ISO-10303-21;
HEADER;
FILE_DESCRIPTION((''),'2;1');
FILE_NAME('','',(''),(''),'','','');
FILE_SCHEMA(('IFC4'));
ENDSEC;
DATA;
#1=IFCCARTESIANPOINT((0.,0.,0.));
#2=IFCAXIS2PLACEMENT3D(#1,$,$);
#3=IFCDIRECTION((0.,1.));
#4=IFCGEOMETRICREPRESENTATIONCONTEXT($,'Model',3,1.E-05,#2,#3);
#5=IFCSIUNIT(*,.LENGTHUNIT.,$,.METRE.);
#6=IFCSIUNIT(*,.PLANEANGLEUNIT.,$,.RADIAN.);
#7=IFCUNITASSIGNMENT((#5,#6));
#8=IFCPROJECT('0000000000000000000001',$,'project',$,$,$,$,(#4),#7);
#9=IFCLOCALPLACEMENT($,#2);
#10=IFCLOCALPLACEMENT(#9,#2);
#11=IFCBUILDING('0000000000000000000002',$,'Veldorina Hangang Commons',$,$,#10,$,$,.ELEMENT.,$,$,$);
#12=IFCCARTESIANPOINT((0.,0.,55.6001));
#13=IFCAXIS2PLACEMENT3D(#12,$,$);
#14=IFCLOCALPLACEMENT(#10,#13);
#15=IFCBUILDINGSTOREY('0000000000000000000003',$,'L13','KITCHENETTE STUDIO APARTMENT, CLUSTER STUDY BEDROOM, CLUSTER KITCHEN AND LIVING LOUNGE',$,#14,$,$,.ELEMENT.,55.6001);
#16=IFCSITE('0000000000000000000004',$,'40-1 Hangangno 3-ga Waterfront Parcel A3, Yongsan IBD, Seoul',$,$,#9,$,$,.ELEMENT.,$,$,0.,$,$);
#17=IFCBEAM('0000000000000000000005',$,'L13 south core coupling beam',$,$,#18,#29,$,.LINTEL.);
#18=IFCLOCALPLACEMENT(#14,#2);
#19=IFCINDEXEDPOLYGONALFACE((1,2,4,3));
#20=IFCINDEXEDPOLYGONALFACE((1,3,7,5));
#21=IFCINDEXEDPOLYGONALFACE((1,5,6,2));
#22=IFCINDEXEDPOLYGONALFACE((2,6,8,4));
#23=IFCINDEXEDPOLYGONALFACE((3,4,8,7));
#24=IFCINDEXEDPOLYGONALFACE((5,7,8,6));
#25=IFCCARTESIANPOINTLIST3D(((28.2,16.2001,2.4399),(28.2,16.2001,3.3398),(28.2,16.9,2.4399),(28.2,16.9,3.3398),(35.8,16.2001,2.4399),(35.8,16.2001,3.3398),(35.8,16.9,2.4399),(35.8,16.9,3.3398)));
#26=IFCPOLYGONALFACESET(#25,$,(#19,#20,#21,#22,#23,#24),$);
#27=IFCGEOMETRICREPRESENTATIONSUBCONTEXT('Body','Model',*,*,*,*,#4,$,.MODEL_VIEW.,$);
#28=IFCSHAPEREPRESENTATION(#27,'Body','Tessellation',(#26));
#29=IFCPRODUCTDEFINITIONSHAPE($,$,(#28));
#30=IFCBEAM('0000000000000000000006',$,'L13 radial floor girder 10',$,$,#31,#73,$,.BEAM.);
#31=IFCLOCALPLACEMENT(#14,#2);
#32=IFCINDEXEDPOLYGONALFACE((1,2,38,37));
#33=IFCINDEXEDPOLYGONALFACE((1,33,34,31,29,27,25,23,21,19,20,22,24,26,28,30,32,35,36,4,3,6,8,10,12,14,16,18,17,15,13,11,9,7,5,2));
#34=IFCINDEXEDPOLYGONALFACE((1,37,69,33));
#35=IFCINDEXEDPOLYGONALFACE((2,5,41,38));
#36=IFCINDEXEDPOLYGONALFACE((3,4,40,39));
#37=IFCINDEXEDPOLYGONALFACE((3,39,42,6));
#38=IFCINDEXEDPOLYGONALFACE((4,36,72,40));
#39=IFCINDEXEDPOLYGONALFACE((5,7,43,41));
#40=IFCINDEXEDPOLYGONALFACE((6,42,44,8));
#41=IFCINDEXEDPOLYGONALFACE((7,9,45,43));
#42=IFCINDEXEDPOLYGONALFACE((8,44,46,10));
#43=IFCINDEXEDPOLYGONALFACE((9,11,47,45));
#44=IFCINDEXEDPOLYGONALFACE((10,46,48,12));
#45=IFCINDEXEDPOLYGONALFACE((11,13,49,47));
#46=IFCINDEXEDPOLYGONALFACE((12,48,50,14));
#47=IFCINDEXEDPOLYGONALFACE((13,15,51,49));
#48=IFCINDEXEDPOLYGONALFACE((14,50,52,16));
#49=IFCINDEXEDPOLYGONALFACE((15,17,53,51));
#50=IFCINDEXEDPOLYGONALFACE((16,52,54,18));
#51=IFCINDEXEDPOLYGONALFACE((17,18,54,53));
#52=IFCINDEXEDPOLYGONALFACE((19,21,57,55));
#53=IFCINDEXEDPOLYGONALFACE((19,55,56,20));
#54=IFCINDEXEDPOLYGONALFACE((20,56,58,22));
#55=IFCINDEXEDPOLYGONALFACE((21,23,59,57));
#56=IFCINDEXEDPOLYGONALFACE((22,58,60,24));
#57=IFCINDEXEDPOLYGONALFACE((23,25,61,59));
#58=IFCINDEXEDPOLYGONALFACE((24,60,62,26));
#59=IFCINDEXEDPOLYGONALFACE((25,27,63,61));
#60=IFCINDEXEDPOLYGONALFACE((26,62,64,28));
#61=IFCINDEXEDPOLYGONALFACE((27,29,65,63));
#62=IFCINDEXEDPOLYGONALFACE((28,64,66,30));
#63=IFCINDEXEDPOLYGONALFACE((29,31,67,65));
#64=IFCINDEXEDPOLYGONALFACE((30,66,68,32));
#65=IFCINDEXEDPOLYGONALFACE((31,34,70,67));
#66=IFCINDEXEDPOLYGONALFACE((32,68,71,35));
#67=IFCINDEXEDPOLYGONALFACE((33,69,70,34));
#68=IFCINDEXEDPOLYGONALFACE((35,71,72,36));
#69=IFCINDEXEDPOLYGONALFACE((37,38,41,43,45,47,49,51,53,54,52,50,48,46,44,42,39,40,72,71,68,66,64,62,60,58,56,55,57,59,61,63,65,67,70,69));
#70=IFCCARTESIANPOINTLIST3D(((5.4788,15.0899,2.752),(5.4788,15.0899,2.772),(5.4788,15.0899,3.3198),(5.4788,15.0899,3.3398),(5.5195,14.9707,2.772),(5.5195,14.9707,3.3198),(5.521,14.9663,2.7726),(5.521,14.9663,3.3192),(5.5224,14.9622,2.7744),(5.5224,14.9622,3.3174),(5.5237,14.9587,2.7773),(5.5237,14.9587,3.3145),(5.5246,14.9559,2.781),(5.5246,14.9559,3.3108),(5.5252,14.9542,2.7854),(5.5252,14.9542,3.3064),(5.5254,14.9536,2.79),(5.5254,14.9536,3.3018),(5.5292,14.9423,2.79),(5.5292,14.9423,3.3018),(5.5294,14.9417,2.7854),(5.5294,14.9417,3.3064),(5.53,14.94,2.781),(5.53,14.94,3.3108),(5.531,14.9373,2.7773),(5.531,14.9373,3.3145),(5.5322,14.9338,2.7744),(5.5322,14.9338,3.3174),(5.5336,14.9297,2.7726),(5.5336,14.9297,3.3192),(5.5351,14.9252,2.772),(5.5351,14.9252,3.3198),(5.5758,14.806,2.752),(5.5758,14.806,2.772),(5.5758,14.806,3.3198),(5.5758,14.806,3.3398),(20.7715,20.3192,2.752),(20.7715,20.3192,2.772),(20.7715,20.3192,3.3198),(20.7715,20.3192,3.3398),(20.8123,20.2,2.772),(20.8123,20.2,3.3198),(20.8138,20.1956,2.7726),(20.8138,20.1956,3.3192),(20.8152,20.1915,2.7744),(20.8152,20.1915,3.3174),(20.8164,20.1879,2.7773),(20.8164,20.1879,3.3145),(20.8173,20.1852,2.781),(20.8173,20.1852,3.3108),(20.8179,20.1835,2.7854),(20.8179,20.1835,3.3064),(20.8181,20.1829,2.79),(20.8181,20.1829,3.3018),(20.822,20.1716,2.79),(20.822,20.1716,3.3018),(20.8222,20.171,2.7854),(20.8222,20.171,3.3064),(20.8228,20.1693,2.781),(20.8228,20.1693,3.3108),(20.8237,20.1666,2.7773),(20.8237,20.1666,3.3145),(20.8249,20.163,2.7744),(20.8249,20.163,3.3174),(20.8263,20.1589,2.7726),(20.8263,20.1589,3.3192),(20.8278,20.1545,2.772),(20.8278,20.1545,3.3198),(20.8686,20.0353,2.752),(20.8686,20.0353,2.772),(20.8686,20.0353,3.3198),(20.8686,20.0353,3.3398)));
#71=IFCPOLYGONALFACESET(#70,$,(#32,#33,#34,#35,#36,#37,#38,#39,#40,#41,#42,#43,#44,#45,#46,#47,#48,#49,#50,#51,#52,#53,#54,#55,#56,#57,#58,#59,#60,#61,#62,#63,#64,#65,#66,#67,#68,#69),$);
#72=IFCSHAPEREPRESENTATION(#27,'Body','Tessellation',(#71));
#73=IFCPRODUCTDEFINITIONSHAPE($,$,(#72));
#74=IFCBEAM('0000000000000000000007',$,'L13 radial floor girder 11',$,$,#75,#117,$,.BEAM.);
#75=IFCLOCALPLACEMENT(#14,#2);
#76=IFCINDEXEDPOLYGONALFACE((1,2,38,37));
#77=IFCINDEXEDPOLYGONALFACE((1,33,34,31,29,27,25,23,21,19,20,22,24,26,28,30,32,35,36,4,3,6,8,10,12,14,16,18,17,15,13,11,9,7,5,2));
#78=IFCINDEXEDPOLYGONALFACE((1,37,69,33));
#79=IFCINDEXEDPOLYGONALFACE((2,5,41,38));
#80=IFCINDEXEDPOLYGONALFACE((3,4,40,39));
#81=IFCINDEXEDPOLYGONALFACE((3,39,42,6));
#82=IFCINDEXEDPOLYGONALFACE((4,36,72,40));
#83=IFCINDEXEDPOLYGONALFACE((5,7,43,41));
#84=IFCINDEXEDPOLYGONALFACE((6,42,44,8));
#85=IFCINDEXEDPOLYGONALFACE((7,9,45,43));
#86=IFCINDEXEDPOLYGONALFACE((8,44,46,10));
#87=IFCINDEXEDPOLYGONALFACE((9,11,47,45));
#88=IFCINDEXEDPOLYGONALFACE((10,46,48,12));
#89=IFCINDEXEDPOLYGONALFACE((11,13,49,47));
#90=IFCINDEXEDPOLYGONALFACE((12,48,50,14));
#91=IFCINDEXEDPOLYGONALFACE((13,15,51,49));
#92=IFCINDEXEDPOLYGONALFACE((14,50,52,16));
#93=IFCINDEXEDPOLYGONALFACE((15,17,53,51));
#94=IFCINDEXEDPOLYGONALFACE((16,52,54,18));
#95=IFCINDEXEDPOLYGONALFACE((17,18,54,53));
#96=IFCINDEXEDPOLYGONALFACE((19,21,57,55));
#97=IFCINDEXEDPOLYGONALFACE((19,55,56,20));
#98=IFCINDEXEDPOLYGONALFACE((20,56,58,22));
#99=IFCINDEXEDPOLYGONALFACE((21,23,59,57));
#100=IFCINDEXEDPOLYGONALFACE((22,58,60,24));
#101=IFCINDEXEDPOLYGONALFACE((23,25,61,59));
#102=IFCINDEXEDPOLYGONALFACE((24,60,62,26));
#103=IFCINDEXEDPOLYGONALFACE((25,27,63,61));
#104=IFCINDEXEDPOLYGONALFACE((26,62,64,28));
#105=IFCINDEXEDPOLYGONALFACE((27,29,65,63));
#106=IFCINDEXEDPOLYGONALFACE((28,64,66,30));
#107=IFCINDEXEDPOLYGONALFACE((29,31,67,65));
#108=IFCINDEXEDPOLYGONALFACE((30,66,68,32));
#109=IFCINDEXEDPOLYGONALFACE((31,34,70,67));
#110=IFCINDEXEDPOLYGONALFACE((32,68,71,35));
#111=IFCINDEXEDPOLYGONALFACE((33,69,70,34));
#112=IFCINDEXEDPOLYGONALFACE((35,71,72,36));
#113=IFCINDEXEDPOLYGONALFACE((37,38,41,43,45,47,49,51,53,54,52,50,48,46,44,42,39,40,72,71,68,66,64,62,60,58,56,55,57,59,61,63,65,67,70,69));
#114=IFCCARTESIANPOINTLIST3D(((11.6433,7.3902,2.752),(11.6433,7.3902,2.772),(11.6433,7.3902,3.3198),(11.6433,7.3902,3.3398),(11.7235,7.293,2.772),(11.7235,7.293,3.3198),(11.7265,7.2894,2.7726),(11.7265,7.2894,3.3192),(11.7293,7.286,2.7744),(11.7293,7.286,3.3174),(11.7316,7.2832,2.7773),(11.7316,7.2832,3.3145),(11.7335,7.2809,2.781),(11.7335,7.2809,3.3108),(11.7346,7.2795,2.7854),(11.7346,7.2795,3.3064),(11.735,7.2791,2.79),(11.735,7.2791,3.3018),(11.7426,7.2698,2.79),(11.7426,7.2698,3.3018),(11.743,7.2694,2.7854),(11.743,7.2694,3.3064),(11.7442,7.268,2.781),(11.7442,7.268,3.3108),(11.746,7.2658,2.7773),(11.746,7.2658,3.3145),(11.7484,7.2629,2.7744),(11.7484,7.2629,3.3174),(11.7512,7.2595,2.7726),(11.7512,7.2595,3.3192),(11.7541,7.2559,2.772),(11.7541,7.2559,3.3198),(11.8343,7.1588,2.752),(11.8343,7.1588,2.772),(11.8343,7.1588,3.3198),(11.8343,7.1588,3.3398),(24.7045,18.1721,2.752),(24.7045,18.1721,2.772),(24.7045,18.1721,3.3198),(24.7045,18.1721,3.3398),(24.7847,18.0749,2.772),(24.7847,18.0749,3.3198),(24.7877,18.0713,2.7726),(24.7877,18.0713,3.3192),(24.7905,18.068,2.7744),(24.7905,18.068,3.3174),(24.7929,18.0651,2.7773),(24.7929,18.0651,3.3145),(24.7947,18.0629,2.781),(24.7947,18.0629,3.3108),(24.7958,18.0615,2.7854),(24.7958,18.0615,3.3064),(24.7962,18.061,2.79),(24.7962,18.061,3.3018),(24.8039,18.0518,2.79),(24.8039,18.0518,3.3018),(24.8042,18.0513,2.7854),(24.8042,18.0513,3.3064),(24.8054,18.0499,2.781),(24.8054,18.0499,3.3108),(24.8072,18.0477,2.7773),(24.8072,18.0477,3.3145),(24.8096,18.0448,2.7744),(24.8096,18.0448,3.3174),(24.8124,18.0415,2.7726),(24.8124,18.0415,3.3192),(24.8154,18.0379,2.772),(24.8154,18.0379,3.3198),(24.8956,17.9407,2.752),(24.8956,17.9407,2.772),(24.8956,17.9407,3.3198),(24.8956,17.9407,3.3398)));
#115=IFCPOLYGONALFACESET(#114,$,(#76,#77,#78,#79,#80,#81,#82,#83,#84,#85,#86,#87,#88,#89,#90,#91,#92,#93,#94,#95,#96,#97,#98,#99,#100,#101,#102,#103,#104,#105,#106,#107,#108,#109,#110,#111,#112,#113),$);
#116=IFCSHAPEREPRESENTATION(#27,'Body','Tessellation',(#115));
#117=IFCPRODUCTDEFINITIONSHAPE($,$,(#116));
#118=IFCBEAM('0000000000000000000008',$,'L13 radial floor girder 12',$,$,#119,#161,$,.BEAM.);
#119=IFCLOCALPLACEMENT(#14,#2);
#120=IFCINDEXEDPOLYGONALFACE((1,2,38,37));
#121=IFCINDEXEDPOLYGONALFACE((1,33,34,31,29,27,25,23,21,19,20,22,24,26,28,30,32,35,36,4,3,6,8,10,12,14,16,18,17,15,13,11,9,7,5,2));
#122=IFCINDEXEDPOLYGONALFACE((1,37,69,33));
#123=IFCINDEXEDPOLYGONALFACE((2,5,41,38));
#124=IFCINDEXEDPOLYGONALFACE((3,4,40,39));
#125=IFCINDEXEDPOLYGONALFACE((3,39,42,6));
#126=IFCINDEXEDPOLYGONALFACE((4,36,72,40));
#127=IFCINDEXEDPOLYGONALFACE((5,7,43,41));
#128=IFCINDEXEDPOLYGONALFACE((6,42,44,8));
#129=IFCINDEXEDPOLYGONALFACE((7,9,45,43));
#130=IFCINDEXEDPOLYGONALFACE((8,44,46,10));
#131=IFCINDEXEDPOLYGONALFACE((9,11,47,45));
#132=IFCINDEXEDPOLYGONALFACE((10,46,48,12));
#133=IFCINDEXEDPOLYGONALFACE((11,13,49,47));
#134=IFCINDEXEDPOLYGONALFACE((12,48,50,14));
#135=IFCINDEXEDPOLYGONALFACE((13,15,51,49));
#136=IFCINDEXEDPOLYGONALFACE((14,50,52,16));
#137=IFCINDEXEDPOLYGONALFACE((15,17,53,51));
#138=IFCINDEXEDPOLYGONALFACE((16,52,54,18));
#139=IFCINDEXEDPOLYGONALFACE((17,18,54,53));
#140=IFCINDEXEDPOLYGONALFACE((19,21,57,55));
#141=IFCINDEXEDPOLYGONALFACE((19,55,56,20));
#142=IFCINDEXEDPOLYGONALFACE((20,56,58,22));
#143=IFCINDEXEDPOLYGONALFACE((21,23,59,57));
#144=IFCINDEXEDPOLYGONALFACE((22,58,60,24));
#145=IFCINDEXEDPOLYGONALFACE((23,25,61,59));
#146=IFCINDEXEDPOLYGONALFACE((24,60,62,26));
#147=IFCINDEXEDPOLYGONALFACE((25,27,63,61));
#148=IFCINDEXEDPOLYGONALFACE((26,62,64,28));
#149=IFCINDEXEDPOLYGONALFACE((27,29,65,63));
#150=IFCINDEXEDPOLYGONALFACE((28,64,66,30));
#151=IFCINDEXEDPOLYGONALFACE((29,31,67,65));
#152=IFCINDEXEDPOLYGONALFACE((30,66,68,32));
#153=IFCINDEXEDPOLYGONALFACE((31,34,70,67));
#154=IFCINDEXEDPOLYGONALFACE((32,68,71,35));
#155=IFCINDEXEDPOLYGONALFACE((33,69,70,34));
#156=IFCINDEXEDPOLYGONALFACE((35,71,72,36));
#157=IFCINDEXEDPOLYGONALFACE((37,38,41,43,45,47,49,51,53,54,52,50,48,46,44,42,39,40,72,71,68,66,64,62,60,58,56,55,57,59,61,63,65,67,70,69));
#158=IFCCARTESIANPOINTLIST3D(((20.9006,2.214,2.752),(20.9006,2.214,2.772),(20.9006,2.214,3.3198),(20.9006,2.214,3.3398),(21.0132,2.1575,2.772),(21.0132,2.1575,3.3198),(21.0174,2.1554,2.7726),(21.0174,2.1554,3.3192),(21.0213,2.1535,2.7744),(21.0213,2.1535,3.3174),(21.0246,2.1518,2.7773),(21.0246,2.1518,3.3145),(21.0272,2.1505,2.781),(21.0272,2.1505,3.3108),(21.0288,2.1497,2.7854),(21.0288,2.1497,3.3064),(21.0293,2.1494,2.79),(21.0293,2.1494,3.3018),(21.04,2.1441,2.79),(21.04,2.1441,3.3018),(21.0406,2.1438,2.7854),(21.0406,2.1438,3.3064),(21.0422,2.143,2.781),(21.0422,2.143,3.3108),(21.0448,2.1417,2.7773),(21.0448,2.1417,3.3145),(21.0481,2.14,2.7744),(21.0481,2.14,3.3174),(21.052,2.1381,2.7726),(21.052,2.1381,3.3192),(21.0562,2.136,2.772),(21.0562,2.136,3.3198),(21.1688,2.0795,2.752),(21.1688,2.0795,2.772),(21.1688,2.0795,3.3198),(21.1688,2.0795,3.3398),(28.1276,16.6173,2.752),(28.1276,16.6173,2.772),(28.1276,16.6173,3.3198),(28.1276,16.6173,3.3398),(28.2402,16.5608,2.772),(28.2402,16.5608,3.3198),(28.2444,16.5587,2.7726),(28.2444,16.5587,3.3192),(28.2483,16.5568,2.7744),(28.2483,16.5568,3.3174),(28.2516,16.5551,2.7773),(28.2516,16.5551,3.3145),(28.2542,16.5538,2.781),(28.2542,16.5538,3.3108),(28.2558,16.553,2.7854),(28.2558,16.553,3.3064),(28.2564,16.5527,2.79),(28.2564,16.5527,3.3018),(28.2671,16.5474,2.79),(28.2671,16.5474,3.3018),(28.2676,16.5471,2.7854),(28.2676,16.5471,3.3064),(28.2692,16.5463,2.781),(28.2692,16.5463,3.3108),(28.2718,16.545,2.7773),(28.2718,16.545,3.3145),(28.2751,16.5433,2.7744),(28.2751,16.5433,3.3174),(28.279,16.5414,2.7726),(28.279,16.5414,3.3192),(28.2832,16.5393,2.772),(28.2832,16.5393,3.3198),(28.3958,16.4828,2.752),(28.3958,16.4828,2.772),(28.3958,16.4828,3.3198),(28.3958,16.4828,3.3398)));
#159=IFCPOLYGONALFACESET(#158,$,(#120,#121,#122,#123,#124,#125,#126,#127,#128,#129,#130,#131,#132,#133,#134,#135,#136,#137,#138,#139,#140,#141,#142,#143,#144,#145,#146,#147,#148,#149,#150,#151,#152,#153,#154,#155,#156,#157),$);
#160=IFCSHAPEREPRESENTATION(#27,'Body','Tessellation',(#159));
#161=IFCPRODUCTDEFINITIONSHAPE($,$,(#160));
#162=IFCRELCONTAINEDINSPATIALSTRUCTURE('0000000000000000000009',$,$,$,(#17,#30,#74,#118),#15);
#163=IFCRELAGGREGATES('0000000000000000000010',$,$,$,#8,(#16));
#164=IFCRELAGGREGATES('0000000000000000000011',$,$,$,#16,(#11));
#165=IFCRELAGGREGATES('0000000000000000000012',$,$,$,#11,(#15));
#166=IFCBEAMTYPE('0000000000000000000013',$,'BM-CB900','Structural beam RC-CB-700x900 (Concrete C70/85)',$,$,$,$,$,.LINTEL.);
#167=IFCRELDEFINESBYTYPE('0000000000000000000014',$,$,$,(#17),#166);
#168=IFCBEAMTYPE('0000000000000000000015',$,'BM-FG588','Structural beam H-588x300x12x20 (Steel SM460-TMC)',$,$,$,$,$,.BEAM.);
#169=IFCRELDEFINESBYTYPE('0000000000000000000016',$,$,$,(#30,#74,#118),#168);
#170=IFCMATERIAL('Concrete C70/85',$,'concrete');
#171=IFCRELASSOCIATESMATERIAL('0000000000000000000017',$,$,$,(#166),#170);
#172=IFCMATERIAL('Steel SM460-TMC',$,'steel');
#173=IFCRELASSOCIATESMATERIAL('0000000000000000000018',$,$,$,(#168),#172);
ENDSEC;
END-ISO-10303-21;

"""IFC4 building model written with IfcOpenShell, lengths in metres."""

from ifc_helpers import new_model, si_unit, direction, frame, origin, origin_2d, place, context, subcontext, project, spatial, rectangle, i_section, extrude, material, material_profile, profile_set, type_object, element, save


model = new_model("IFC4")

# Units and contexts
model_context = context("Model", 3, precision=1e-05, world=origin(), true_north=direction((0.0, 1.0)))
body_context = subcontext(model_context, "Body", "Model", "MODEL_VIEW")
ifc_project = project(units=[si_unit("LENGTHUNIT", "METRE"), si_unit("PLANEANGLEUNIT", "RADIAN")], contexts=[model_context])

# Site, building, storey
site_placement = place(None, origin())
site = spatial("IfcSite", under=ifc_project, at=site_placement, Name="40-1 Hangangno 3-ga Waterfront Parcel A3, Yongsan IBD, Seoul", CompositionType="ELEMENT", RefElevation=0.0)
building_placement = place(site_placement, origin())
building = spatial("IfcBuilding", under=site, at=building_placement, Name="Veldorina Hangang Commons", CompositionType="ELEMENT")
storey_placement = place(building_placement, frame((0.0, 0.0, 55.6001)))
storey = spatial("IfcBuildingStorey", under=building, at=storey_placement, Name="L13", Description="KITCHENETTE STUDIO APARTMENT, CLUSTER STUDY BEDROOM, CLUSTER KITCHEN AND LIVING LOUNGE", CompositionType="ELEMENT", Elevation=55.6001)

# Beams
ifc_material_1 = material(Name="Concrete C70/85", Category="concrete")
ifc_material_profile_1 = material_profile(ifc_material_1, rectangle(XDim=0.7, YDim=0.8999, at=origin_2d()), Name="RC-CB-700x900")
ifc_profile_set_1 = profile_set([ifc_material_profile_1], Name="Concrete C70/85")
beam_type_1 = type_object("IfcBeamType", Name="BM-CB900", Description="Structural beam RC-CB-700x900 (Concrete C70/85)", PredefinedType="LINTEL", material=ifc_profile_set_1)
beam_1_placement = place(storey_placement, frame((28.2, 16.55, 2.8899), z_axis=(1.0, 0.0, 0.0), x_axis=(0.0, 1.0, 0.0)))
element("IfcBeam", 1, at=beam_1_placement, inside=storey, type_object=beam_type_1, Name="L13 south core coupling beam", PredefinedType="LINTEL", context=body_context, shape_type="SweptSolid", body=[
    extrude(rectangle(XDim=0.7, YDim=0.8999, at=origin_2d()), origin(), (0.0, 0.0, 1.0), 7.6001),
])
ifc_material_2 = material(Name="Steel SM460-TMC", Category="steel")
ifc_material_profile_2 = material_profile(ifc_material_2, i_section(OverallWidth=0.3, OverallDepth=0.5879, WebThickness=0.012, FlangeThickness=0.02, FilletRadius=0.0181, at=origin_2d()), Name="H-588x300x12x20")
ifc_profile_set_2 = profile_set([ifc_material_profile_2], Name="Steel SM460-TMC")
beam_type_2 = type_object("IfcBeamType", Name="BM-FG588", Description="Structural beam H-588x300x12x20 (Steel SM460-TMC)", PredefinedType="BEAM", material=ifc_profile_set_2)
beam_2_placement = place(storey_placement, frame((20.8201, 20.1772, 3.0459), z_axis=(-0.946211, -0.323551, 0.0), x_axis=(0.323551, -0.946211, 0.0)))
element("IfcBeam", 2, at=beam_2_placement, inside=storey, type_object=beam_type_2, Name="L13 radial floor girder 10", PredefinedType="BEAM", context=body_context, shape_type="SweptSolid", body=[
    extrude(i_section(OverallWidth=0.3, OverallDepth=0.5879, WebThickness=0.012, FlangeThickness=0.02, FilletRadius=0.0181, at=origin_2d()), origin(), (0.0, 0.0, 1.0), 16.1621),
])
beam_3_placement = place(storey_placement, frame((24.8, 18.0564, 3.0459), z_axis=(-0.771187, -0.636609, 0.0), x_axis=(0.636609, -0.771187, 0.0)))
element("IfcBeam", 3, at=beam_3_placement, inside=storey, type_object=beam_type_2, Name="L13 radial floor girder 11", PredefinedType="BEAM", context=body_context, shape_type="SweptSolid", body=[
    extrude(i_section(OverallWidth=0.3, OverallDepth=0.5879, WebThickness=0.012, FlangeThickness=0.02, FilletRadius=0.0181, at=origin_2d()), origin(), (0.0, 0.0, 1.0), 16.9365),
])
beam_4_placement = place(storey_placement, frame((28.2617, 16.55, 3.0459), z_axis=(-0.448474, -0.893796, 0.0), x_axis=(0.893796, -0.448474, 0.0)))
element("IfcBeam", 4, at=beam_4_placement, inside=storey, type_object=beam_type_2, Name="L13 radial floor girder 12", PredefinedType="BEAM", context=body_context, shape_type="SweptSolid", body=[
    extrude(i_section(OverallWidth=0.3, OverallDepth=0.5879, WebThickness=0.012, FlangeThickness=0.02, FilletRadius=0.0181, at=origin_2d()), origin(), (0.0, 0.0, 1.0), 16.1147),
])

save(model, "model.ifc")
